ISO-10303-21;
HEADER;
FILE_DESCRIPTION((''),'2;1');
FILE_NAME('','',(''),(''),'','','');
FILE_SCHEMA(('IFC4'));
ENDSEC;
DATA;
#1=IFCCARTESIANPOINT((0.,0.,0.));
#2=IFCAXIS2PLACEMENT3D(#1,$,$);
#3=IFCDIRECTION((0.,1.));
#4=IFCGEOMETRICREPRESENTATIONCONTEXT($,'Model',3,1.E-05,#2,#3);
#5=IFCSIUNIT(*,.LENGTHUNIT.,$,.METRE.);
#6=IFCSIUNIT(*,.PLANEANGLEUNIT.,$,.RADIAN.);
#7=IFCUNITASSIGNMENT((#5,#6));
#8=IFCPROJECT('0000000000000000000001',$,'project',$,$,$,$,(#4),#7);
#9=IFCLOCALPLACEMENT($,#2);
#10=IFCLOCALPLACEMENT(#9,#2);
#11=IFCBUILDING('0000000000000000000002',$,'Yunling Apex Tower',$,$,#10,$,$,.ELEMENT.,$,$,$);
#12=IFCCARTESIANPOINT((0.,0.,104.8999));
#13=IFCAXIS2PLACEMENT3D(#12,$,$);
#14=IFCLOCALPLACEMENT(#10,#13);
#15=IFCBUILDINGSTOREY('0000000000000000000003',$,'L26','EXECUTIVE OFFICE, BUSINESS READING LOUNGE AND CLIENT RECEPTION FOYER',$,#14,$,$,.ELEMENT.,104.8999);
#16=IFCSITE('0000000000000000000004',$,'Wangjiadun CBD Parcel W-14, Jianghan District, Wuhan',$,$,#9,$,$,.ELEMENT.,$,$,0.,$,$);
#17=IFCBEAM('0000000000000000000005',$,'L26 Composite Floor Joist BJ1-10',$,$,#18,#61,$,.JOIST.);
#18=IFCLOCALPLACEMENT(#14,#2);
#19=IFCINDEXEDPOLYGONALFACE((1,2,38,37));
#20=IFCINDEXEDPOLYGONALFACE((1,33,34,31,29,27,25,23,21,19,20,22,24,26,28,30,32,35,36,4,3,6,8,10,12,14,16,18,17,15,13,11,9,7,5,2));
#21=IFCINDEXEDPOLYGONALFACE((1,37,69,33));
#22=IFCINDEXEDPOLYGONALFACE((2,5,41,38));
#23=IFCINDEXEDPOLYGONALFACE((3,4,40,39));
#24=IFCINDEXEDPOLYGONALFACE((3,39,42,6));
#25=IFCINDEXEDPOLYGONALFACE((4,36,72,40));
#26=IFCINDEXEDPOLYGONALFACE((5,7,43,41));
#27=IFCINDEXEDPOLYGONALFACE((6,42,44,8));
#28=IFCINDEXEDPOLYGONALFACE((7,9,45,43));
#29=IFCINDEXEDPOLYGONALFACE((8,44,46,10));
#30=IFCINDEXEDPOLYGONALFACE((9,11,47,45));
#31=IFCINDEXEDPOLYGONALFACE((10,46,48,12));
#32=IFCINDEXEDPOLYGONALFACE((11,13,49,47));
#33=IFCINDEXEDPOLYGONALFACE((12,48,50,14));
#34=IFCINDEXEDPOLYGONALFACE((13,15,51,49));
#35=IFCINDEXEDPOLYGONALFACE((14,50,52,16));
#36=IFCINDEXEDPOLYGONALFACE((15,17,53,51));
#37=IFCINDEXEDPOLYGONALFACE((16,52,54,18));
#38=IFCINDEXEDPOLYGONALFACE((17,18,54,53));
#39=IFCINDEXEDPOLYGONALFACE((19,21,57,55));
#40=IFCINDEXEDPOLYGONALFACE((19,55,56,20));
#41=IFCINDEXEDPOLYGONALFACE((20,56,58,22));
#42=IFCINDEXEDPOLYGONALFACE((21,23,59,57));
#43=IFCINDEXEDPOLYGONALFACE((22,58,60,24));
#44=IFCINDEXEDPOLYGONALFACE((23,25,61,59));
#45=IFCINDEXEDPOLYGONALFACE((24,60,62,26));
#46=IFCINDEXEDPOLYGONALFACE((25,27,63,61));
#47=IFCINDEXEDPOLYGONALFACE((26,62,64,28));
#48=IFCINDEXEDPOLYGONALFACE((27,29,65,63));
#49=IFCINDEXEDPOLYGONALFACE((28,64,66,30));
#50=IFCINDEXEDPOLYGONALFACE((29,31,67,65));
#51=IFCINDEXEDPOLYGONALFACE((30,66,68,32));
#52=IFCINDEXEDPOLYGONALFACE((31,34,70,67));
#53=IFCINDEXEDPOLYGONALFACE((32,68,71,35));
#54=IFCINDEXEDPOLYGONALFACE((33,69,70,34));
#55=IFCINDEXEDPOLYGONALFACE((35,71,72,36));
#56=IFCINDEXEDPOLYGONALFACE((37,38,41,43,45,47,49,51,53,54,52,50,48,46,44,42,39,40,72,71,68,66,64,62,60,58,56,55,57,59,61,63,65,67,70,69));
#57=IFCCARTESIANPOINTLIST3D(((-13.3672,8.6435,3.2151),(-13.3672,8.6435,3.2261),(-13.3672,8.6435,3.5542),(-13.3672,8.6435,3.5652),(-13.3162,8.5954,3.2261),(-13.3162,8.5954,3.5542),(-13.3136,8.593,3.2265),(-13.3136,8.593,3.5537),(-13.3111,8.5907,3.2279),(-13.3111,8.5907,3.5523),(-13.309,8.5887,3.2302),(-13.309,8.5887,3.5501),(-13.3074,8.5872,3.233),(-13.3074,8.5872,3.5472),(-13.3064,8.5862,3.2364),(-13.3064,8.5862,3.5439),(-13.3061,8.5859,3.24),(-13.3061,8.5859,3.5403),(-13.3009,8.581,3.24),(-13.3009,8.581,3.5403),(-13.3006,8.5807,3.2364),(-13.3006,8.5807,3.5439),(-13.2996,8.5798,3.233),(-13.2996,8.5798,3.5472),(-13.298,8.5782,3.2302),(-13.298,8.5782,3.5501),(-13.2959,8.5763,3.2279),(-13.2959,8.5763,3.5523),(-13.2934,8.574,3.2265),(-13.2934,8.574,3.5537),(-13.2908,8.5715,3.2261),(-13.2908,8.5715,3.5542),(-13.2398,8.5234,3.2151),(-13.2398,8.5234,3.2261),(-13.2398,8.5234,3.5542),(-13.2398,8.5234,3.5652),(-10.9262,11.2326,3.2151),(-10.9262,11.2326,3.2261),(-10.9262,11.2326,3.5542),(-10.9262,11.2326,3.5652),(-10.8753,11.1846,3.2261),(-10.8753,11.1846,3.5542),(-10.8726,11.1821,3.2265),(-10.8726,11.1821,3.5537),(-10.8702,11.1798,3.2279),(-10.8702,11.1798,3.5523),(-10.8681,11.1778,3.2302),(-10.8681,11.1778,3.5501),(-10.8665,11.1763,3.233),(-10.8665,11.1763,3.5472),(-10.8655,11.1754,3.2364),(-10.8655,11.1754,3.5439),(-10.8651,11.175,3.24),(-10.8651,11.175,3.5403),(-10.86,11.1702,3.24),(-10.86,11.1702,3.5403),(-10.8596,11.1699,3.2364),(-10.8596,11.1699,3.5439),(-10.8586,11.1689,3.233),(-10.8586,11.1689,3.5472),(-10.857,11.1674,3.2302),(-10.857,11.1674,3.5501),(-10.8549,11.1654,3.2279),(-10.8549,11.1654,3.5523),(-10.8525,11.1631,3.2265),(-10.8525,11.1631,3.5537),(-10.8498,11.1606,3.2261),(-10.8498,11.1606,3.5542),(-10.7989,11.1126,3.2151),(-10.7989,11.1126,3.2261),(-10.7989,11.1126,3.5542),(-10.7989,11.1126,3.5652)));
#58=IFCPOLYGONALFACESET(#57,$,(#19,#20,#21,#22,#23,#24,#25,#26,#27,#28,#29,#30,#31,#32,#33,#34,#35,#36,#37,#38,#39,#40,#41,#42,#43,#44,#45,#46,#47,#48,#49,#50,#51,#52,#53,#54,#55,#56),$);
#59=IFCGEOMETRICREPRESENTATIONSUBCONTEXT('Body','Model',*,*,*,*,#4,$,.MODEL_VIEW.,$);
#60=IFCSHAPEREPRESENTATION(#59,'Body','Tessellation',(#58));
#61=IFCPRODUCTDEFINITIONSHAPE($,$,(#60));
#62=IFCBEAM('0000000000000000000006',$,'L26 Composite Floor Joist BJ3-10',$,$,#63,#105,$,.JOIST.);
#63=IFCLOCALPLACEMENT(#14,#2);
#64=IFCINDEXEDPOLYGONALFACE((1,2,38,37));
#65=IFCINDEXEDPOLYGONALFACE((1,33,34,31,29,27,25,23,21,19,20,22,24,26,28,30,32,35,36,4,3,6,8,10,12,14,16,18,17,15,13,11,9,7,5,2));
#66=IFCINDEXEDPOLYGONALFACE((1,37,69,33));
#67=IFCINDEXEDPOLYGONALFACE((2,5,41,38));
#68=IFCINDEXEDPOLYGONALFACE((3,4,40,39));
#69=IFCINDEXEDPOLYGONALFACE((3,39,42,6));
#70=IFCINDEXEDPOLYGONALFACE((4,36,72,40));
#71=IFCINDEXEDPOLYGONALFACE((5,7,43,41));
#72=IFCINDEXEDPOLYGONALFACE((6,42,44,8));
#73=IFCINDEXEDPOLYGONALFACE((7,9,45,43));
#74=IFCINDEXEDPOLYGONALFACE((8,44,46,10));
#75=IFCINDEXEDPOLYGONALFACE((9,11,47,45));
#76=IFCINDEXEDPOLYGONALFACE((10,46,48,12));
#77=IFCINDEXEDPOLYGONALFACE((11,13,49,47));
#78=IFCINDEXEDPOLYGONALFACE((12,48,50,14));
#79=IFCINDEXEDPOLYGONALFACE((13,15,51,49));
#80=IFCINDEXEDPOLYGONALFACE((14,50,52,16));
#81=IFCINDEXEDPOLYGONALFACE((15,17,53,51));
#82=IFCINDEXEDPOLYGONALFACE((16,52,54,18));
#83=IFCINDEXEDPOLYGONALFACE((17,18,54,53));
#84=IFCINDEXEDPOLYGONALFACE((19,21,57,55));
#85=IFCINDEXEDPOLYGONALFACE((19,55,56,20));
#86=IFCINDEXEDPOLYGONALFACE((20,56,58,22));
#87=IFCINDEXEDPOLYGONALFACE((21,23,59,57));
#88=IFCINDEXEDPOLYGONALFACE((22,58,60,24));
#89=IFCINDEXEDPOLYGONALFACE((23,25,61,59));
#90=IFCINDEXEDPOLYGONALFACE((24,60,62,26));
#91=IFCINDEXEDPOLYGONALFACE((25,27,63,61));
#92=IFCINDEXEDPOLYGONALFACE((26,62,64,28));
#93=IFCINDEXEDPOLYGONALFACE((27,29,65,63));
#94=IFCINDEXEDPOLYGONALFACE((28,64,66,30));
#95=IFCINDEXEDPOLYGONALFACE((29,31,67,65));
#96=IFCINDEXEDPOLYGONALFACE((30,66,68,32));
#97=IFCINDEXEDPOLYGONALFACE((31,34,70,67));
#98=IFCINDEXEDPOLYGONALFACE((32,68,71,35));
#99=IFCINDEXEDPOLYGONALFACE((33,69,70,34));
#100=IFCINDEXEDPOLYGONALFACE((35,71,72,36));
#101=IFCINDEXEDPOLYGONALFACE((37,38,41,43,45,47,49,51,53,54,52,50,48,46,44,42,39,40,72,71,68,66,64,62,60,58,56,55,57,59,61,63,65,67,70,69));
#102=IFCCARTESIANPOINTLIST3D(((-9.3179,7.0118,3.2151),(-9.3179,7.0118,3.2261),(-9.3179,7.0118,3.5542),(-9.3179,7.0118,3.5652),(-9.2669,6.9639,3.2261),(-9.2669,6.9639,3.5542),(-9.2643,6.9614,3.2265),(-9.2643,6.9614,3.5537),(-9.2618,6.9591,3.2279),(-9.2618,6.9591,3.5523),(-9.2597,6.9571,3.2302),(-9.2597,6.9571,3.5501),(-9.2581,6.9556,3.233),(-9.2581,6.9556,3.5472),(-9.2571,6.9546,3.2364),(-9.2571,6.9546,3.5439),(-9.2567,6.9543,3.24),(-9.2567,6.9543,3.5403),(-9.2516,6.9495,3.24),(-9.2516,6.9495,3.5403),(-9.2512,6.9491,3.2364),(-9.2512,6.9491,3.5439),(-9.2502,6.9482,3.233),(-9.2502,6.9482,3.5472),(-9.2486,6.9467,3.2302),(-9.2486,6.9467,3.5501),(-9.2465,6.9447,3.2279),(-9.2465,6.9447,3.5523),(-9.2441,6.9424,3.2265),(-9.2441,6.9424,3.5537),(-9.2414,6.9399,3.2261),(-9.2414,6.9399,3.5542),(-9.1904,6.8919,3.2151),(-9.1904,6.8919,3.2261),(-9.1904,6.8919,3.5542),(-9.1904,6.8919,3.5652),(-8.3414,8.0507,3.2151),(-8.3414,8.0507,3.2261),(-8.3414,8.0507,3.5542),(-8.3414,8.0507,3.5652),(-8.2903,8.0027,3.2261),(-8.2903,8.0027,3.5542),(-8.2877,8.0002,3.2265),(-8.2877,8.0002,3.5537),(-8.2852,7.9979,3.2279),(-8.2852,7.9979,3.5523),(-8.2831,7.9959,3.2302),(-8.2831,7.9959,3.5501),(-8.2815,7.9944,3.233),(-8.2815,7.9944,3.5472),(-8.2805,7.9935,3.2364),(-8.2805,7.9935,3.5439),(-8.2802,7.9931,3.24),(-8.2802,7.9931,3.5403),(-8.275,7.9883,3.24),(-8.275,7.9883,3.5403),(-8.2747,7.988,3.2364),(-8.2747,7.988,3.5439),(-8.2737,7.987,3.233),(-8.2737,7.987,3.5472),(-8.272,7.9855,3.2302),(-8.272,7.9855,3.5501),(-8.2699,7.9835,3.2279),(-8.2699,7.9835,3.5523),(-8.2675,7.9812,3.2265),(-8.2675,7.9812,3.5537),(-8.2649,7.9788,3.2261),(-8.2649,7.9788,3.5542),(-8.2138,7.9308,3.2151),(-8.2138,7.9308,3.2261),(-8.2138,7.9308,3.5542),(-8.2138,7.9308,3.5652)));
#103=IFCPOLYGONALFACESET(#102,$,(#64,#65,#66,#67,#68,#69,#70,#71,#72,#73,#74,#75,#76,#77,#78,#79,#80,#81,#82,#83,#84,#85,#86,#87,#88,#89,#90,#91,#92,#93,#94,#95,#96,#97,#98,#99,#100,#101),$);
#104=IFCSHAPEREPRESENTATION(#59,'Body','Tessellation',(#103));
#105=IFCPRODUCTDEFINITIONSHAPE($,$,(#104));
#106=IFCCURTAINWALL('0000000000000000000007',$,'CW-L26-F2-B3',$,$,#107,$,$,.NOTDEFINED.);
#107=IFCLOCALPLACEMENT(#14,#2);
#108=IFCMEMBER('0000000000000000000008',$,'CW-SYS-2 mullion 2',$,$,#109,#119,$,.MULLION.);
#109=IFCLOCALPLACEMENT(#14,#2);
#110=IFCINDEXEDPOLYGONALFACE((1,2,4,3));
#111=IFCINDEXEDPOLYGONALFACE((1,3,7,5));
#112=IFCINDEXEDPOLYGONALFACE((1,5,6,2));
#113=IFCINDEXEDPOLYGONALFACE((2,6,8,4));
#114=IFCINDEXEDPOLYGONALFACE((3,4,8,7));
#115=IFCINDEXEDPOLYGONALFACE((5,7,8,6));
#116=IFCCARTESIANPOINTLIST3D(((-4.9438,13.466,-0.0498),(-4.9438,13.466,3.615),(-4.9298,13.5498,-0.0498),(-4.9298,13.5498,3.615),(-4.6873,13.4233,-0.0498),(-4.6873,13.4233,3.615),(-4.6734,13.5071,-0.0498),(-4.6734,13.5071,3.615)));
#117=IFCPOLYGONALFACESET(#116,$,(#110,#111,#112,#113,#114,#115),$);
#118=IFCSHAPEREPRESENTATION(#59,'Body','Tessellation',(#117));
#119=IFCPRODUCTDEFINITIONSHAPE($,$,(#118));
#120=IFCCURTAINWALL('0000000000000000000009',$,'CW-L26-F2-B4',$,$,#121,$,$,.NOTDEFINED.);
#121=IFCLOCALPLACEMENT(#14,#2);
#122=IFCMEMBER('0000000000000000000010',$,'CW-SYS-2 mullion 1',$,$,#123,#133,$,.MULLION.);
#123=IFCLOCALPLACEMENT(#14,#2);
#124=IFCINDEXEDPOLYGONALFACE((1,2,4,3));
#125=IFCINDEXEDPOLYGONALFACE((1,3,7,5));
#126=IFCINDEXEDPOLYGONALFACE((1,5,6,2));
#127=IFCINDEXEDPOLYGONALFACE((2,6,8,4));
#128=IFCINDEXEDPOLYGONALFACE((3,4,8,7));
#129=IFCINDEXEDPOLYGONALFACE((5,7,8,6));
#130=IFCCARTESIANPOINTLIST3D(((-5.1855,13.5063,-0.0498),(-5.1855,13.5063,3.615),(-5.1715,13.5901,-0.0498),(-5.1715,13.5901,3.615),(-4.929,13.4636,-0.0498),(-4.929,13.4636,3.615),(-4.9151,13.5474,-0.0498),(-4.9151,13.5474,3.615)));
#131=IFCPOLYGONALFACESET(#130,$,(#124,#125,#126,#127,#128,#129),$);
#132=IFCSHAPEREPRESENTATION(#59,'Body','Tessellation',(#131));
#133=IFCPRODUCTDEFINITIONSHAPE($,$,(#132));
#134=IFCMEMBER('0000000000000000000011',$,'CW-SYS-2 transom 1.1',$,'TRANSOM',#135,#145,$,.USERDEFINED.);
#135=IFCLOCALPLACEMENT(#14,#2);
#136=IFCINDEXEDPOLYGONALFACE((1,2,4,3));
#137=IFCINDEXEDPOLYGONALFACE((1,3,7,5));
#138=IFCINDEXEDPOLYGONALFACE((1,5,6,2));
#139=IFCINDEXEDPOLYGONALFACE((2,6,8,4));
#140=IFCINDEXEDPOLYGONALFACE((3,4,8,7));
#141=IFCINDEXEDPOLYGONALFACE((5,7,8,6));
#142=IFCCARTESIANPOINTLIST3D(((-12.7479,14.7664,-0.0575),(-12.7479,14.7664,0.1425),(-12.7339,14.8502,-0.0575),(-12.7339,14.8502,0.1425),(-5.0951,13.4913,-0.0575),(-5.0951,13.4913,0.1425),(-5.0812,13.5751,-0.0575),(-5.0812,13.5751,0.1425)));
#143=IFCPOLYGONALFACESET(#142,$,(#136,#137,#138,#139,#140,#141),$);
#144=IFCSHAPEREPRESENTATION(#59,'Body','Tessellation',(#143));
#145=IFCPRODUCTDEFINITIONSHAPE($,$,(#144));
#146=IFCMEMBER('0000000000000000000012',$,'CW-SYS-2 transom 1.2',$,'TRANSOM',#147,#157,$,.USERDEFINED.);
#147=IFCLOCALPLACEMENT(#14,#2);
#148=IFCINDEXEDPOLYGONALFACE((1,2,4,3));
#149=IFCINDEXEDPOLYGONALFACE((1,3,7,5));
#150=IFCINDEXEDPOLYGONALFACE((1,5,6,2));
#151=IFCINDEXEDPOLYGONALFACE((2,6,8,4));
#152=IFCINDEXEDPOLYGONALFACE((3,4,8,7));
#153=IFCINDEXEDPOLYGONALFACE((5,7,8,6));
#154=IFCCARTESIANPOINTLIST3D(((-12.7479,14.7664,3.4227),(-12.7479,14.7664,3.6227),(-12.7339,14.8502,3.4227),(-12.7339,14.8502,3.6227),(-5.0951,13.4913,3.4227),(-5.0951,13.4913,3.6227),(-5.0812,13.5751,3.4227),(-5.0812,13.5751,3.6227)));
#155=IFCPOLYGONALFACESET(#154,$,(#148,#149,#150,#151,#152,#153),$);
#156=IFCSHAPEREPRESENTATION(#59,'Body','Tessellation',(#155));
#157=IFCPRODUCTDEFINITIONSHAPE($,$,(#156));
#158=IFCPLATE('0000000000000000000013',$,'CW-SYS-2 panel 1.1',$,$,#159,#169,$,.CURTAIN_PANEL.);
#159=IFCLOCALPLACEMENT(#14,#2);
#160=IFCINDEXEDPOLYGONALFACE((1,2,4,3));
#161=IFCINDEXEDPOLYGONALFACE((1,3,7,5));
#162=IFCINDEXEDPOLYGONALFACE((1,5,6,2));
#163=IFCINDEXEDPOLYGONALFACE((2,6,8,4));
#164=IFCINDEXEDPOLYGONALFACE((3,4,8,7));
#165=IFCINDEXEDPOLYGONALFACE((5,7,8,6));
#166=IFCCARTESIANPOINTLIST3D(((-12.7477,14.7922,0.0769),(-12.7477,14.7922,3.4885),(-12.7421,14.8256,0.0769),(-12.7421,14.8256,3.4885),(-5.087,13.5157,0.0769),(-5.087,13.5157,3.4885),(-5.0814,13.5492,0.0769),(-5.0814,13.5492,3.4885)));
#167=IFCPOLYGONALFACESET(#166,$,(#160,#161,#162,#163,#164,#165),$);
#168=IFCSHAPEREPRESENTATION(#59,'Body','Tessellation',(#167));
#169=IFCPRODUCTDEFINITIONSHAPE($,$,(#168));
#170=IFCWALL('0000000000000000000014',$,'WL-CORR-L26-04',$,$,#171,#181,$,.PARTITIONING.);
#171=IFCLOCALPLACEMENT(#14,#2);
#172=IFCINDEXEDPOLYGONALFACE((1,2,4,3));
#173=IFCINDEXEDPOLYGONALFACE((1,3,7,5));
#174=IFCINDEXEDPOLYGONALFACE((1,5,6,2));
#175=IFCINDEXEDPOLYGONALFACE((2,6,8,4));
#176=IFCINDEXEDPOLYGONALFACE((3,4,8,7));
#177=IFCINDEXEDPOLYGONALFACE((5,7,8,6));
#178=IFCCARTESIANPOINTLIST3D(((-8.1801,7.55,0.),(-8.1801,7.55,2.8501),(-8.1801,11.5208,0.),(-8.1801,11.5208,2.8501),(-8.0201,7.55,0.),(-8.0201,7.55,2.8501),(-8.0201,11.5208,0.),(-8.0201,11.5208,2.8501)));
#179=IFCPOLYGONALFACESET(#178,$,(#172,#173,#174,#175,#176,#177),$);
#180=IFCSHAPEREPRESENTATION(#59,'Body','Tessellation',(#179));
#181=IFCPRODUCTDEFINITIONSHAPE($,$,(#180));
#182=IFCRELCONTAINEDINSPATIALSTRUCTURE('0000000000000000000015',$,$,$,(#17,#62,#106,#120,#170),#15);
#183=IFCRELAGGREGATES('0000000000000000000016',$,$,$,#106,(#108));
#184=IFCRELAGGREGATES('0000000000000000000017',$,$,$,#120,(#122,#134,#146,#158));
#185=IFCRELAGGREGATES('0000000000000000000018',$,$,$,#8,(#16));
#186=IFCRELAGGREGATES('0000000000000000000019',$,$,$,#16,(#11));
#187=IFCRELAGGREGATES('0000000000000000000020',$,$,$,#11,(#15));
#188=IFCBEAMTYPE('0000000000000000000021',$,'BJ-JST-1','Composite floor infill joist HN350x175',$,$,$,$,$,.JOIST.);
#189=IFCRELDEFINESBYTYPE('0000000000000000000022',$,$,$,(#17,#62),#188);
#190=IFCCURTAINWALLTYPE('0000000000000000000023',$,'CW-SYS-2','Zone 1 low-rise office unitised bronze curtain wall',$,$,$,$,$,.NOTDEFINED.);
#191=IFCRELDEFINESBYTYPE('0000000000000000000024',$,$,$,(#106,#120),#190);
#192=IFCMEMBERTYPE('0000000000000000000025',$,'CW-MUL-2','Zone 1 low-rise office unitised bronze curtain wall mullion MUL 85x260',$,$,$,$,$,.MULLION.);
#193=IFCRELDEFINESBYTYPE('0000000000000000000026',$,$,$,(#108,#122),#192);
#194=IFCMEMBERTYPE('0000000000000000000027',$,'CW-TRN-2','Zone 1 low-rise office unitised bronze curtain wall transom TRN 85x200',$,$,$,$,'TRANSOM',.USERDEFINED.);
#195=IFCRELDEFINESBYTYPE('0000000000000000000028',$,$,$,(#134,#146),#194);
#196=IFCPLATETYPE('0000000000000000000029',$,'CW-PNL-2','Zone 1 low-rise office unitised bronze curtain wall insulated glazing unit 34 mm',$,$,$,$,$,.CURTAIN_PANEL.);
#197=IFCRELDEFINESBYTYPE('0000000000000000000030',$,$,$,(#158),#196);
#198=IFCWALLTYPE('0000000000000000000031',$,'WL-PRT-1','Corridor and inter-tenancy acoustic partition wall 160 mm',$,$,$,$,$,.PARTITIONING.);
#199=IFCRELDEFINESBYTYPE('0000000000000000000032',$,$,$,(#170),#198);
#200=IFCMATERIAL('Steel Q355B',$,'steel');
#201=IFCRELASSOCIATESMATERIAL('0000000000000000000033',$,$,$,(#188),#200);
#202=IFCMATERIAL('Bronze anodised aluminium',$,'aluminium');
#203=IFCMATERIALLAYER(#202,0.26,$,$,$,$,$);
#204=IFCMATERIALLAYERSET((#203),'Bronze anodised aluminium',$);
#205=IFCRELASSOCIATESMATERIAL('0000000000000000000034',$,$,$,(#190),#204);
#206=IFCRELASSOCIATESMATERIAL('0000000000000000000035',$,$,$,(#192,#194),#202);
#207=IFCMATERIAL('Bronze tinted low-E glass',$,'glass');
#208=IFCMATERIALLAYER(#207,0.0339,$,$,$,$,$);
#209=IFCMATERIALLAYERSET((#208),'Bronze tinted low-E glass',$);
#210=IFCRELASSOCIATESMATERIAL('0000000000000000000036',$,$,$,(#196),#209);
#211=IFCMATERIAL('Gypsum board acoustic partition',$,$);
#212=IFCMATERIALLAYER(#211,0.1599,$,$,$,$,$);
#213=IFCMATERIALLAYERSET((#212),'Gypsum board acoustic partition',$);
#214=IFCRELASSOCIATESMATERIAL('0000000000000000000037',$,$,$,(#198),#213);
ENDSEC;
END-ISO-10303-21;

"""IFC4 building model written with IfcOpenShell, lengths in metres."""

from ifc_helpers import new_model, si_unit, direction, frame, frame_2d, origin, origin_2d, place, context, subcontext, project, spatial, rectangle, i_section, extrude, source, transform, mapped, material, layer, layer_set, material_profile, profile_set, type_object, element, aggregate, save


model = new_model("IFC4")

# Units and contexts
model_context = context("Model", 3, precision=1e-05, world=origin(), true_north=direction((0.0, 1.0)))
body_context = subcontext(model_context, "Body", "Model", "MODEL_VIEW")
ifc_project = project(units=[si_unit("LENGTHUNIT", "METRE"), si_unit("PLANEANGLEUNIT", "RADIAN")], contexts=[model_context])

# Site, building, storey
site_placement = place(None, origin())
site = spatial("IfcSite", under=ifc_project, at=site_placement, Name="Wangjiadun CBD Parcel W-14, Jianghan District, Wuhan", CompositionType="ELEMENT", RefElevation=0.0)
building_placement = place(site_placement, origin())
building = spatial("IfcBuilding", under=site, at=building_placement, Name="Yunling Apex Tower", CompositionType="ELEMENT")
storey_placement = place(building_placement, frame((0.0, 0.0, 104.8999)))
storey = spatial("IfcBuildingStorey", under=building, at=storey_placement, Name="L26", Description="EXECUTIVE OFFICE, BUSINESS READING LOUNGE AND CLIENT RECEPTION FOYER", CompositionType="ELEMENT", Elevation=104.8999)

# Beams
ifc_material_1 = material(Name="Steel Q355B", Category="steel")
ifc_material_profile_1 = material_profile(ifc_material_1, i_section(OverallWidth=0.175, OverallDepth=0.3501, WebThickness=0.0071, FlangeThickness=0.011, FilletRadius=0.0139, at=origin_2d()))
ifc_profile_set_1 = profile_set([ifc_material_profile_1], Name="Steel Q355B")
beam_type_1 = type_object("IfcBeamType", Name="BJ-JST-1", Description="Composite floor infill joist HN350x175", PredefinedType="JOIST", material=ifc_profile_set_1)
shared_shape_1 = source(origin(), body_context, "Body", "SweptSolid", [
    extrude(i_section(OverallWidth=0.175, OverallDepth=0.3501, WebThickness=0.0071, FlangeThickness=0.011, FilletRadius=0.0139, at=origin_2d()), origin(), (0.0, 0.0, 1.0), 3.5583),
])
beam_1_placement = place(storey_placement, frame((-10.8625, 11.1726, 3.3901), z_axis=(-0.685977, -0.727624, 0.0), x_axis=(0.727624, -0.685977, 0.0)))
element("IfcBeam", 1, at=beam_1_placement, inside=storey, type_object=beam_type_1, Name="L26 Composite Floor Joist BJ1-10", PredefinedType="JOIST", context=body_context, shape_type="MappedRepresentation", body=[
    mapped(shared_shape_1, transform((0.0, 0.0, 0.0), scale=1.0)),
])
shared_shape_2 = source(origin(), body_context, "Body", "SweptSolid", [
    extrude(i_section(OverallWidth=0.175, OverallDepth=0.3501, WebThickness=0.0071, FlangeThickness=0.011, FilletRadius=0.0139, at=origin_2d()), origin(), (0.0, 0.0, 1.0), 1.4258),
])
beam_2_placement = place(storey_placement, frame((-8.2776, 7.9907, 3.3901), z_axis=(-0.684937, -0.728602, 0.0), x_axis=(0.728602, -0.684937, 0.0)))
element("IfcBeam", 2, at=beam_2_placement, inside=storey, type_object=beam_type_1, Name="L26 Composite Floor Joist BJ3-10", PredefinedType="JOIST", context=body_context, shape_type="MappedRepresentation", body=[
    mapped(shared_shape_2, transform((0.0, 0.0, 0.0), scale=1.0)),
])

# Curtain wall, member
ifc_material_2 = material(Name="Bronze anodised aluminium", Category="aluminium")
ifc_layer_1 = layer(ifc_material_2, 0.26)
ifc_layer_set_1 = layer_set([ifc_layer_1], Name="Bronze anodised aluminium")
curtain_wall_type = type_object("IfcCurtainWallType", Name="CW-SYS-2", Description="Zone 1 low-rise office unitised bronze curtain wall", PredefinedType="NOTDEFINED", material=ifc_layer_set_1)
curtain_wall_1_placement = place(storey_placement, origin())
curtain_wall_1 = element("IfcCurtainWall", 3, at=curtain_wall_1_placement, inside=storey, type_object=curtain_wall_type, Name="CW-L26-F2-B3", PredefinedType="NOTDEFINED")
ifc_material_profile_2 = material_profile(ifc_material_2, rectangle(XDim=0.085, YDim=0.26, at=origin_2d()))
ifc_profile_set_2 = profile_set([ifc_material_profile_2], Name="Bronze anodised aluminium")
member_type_1 = type_object("IfcMemberType", Name="CW-MUL-2", Description="Zone 1 low-rise office unitised bronze curtain wall mullion MUL 85x260", PredefinedType="MULLION", material=ifc_profile_set_2)
shared_shape_3 = source(origin(), body_context, "Body", "SweptSolid", [
    extrude(rectangle(XDim=0.085, YDim=0.26, at=origin_2d()), origin(), (0.0, 0.0, 1.0), 3.6648),
])
member_1_placement = place(storey_placement, frame((-4.8086, 13.4866, -0.0498), z_axis=(0.0, 0.0, 1.0), x_axis=(-0.164362, -0.9864, 0.0)))
member_1 = element("IfcMember", 4, at=member_1_placement, type_object=member_type_1, Name="CW-SYS-2 mullion 2", PredefinedType="MULLION", context=body_context, shape_type="MappedRepresentation", body=[
    mapped(shared_shape_3, transform((0.0, 0.0, 0.0), scale=1.0)),
])
aggregate(curtain_wall_1, [member_1])

# Curtain wall, members, plate
curtain_wall_2_placement = place(storey_placement, origin())
curtain_wall_2 = element("IfcCurtainWall", 5, at=curtain_wall_2_placement, inside=storey, type_object=curtain_wall_type, Name="CW-L26-F2-B4", PredefinedType="NOTDEFINED")
member_2_placement = place(storey_placement, frame((-5.0503, 13.5269, -0.0498), z_axis=(0.0, 0.0, 1.0), x_axis=(-0.16436, -0.9864, 0.0)))
member_2 = element("IfcMember", 6, at=member_2_placement, type_object=member_type_1, Name="CW-SYS-2 mullion 1", PredefinedType="MULLION", context=body_context, shape_type="MappedRepresentation", body=[
    mapped(shared_shape_3, transform((0.0, 0.0, 0.0), scale=1.0)),
])
ifc_material_profile_3 = material_profile(ifc_material_2, rectangle(XDim=0.085, YDim=0.2, at=origin_2d()))
ifc_profile_set_3 = profile_set([ifc_material_profile_3], Name="Bronze anodised aluminium")
member_type_2 = type_object("IfcMemberType", Name="CW-TRN-2", Description="Zone 1 low-rise office unitised bronze curtain wall transom TRN 85x200", ElementType="TRANSOM", PredefinedType="USERDEFINED", material=ifc_profile_set_3)
shared_shape_4 = source(origin(), body_context, "Body", "SweptSolid", [
    extrude(rectangle(XDim=0.085, YDim=0.2, at=origin_2d()), origin(), (0.0, 0.0, 1.0), 7.7583),
])
member_3_placement = place(storey_placement, frame((-5.0881, 13.5332, 0.0425), z_axis=(-0.986401, 0.164358, 0.0), x_axis=(-0.164358, -0.986401, 0.0)))
member_3 = element("IfcMember", 7, at=member_3_placement, type_object=member_type_2, Name="CW-SYS-2 transom 1.1", ObjectType="TRANSOM", PredefinedType="USERDEFINED", context=body_context, shape_type="MappedRepresentation", body=[
    mapped(shared_shape_4, transform((0.0, 0.0, 0.0), scale=1.0)),
])
member_4_placement = place(storey_placement, frame((-5.0881, 13.5332, 3.5227), z_axis=(-0.986401, 0.164358, 0.0), x_axis=(-0.164358, -0.986401, 0.0)))
member_4 = element("IfcMember", 8, at=member_4_placement, type_object=member_type_2, Name="CW-SYS-2 transom 1.2", ObjectType="TRANSOM", PredefinedType="USERDEFINED", context=body_context, shape_type="MappedRepresentation", body=[
    mapped(shared_shape_4, transform((0.0, 0.0, 0.0), scale=1.0)),
])
ifc_material_3 = material(Name="Bronze tinted low-E glass", Category="glass")
ifc_layer_2 = layer(ifc_material_3, 0.0339)
ifc_layer_set_2 = layer_set([ifc_layer_2], Name="Bronze tinted low-E glass")
plate_type = type_object("IfcPlateType", Name="CW-PNL-2", Description="Zone 1 low-rise office unitised bronze curtain wall insulated glazing unit 34 mm", PredefinedType="CURTAIN_PANEL", material=ifc_layer_set_2)
shared_shape_5 = source(origin(), body_context, "Body", "SweptSolid", [
    extrude(rectangle(XDim=7.7664, YDim=0.0339, at=origin_2d()), origin(), (0.0, 0.0, 1.0), 3.4116),
])
plate_placement = place(storey_placement, frame((-8.9146, 14.1707, 0.0769), z_axis=(0.0, 0.0, 1.0), x_axis=(-0.9864, 0.16436, 0.0)))
plate = element("IfcPlate", 9, at=plate_placement, type_object=plate_type, Name="CW-SYS-2 panel 1.1", PredefinedType="CURTAIN_PANEL", context=body_context, shape_type="MappedRepresentation", body=[
    mapped(shared_shape_5, transform((0.0, 0.0, 0.0), scale=1.0)),
])
aggregate(curtain_wall_2, [member_2, member_3, member_4, plate])

# Wall
ifc_material_4 = material(Name="Gypsum board acoustic partition")
ifc_layer_3 = layer(ifc_material_4, 0.1599)
ifc_layer_set_3 = layer_set([ifc_layer_3], Name="Gypsum board acoustic partition")
wall_type = type_object("IfcWallType", Name="WL-PRT-1", Description="Corridor and inter-tenancy acoustic partition wall 160 mm", PredefinedType="PARTITIONING", material=ifc_layer_set_3)
wall_1_placement = place(storey_placement, frame((-8.1001, 7.55, 0.0), z_axis=(0.0, 0.0, 1.0), x_axis=(0.0, 1.0, 0.0)))
element("IfcWall", 10, at=wall_1_placement, inside=storey, type_object=wall_type, Name="WL-CORR-L26-04", PredefinedType="PARTITIONING", context=body_context, shape_type="SweptSolid", body=[
    extrude(rectangle(XDim=3.9707, YDim=0.1599, at=frame_2d((1.9854, 0.0))), origin(), (0.0, 0.0, 1.0), 2.8501),
])

save(model, "model.ifc")
